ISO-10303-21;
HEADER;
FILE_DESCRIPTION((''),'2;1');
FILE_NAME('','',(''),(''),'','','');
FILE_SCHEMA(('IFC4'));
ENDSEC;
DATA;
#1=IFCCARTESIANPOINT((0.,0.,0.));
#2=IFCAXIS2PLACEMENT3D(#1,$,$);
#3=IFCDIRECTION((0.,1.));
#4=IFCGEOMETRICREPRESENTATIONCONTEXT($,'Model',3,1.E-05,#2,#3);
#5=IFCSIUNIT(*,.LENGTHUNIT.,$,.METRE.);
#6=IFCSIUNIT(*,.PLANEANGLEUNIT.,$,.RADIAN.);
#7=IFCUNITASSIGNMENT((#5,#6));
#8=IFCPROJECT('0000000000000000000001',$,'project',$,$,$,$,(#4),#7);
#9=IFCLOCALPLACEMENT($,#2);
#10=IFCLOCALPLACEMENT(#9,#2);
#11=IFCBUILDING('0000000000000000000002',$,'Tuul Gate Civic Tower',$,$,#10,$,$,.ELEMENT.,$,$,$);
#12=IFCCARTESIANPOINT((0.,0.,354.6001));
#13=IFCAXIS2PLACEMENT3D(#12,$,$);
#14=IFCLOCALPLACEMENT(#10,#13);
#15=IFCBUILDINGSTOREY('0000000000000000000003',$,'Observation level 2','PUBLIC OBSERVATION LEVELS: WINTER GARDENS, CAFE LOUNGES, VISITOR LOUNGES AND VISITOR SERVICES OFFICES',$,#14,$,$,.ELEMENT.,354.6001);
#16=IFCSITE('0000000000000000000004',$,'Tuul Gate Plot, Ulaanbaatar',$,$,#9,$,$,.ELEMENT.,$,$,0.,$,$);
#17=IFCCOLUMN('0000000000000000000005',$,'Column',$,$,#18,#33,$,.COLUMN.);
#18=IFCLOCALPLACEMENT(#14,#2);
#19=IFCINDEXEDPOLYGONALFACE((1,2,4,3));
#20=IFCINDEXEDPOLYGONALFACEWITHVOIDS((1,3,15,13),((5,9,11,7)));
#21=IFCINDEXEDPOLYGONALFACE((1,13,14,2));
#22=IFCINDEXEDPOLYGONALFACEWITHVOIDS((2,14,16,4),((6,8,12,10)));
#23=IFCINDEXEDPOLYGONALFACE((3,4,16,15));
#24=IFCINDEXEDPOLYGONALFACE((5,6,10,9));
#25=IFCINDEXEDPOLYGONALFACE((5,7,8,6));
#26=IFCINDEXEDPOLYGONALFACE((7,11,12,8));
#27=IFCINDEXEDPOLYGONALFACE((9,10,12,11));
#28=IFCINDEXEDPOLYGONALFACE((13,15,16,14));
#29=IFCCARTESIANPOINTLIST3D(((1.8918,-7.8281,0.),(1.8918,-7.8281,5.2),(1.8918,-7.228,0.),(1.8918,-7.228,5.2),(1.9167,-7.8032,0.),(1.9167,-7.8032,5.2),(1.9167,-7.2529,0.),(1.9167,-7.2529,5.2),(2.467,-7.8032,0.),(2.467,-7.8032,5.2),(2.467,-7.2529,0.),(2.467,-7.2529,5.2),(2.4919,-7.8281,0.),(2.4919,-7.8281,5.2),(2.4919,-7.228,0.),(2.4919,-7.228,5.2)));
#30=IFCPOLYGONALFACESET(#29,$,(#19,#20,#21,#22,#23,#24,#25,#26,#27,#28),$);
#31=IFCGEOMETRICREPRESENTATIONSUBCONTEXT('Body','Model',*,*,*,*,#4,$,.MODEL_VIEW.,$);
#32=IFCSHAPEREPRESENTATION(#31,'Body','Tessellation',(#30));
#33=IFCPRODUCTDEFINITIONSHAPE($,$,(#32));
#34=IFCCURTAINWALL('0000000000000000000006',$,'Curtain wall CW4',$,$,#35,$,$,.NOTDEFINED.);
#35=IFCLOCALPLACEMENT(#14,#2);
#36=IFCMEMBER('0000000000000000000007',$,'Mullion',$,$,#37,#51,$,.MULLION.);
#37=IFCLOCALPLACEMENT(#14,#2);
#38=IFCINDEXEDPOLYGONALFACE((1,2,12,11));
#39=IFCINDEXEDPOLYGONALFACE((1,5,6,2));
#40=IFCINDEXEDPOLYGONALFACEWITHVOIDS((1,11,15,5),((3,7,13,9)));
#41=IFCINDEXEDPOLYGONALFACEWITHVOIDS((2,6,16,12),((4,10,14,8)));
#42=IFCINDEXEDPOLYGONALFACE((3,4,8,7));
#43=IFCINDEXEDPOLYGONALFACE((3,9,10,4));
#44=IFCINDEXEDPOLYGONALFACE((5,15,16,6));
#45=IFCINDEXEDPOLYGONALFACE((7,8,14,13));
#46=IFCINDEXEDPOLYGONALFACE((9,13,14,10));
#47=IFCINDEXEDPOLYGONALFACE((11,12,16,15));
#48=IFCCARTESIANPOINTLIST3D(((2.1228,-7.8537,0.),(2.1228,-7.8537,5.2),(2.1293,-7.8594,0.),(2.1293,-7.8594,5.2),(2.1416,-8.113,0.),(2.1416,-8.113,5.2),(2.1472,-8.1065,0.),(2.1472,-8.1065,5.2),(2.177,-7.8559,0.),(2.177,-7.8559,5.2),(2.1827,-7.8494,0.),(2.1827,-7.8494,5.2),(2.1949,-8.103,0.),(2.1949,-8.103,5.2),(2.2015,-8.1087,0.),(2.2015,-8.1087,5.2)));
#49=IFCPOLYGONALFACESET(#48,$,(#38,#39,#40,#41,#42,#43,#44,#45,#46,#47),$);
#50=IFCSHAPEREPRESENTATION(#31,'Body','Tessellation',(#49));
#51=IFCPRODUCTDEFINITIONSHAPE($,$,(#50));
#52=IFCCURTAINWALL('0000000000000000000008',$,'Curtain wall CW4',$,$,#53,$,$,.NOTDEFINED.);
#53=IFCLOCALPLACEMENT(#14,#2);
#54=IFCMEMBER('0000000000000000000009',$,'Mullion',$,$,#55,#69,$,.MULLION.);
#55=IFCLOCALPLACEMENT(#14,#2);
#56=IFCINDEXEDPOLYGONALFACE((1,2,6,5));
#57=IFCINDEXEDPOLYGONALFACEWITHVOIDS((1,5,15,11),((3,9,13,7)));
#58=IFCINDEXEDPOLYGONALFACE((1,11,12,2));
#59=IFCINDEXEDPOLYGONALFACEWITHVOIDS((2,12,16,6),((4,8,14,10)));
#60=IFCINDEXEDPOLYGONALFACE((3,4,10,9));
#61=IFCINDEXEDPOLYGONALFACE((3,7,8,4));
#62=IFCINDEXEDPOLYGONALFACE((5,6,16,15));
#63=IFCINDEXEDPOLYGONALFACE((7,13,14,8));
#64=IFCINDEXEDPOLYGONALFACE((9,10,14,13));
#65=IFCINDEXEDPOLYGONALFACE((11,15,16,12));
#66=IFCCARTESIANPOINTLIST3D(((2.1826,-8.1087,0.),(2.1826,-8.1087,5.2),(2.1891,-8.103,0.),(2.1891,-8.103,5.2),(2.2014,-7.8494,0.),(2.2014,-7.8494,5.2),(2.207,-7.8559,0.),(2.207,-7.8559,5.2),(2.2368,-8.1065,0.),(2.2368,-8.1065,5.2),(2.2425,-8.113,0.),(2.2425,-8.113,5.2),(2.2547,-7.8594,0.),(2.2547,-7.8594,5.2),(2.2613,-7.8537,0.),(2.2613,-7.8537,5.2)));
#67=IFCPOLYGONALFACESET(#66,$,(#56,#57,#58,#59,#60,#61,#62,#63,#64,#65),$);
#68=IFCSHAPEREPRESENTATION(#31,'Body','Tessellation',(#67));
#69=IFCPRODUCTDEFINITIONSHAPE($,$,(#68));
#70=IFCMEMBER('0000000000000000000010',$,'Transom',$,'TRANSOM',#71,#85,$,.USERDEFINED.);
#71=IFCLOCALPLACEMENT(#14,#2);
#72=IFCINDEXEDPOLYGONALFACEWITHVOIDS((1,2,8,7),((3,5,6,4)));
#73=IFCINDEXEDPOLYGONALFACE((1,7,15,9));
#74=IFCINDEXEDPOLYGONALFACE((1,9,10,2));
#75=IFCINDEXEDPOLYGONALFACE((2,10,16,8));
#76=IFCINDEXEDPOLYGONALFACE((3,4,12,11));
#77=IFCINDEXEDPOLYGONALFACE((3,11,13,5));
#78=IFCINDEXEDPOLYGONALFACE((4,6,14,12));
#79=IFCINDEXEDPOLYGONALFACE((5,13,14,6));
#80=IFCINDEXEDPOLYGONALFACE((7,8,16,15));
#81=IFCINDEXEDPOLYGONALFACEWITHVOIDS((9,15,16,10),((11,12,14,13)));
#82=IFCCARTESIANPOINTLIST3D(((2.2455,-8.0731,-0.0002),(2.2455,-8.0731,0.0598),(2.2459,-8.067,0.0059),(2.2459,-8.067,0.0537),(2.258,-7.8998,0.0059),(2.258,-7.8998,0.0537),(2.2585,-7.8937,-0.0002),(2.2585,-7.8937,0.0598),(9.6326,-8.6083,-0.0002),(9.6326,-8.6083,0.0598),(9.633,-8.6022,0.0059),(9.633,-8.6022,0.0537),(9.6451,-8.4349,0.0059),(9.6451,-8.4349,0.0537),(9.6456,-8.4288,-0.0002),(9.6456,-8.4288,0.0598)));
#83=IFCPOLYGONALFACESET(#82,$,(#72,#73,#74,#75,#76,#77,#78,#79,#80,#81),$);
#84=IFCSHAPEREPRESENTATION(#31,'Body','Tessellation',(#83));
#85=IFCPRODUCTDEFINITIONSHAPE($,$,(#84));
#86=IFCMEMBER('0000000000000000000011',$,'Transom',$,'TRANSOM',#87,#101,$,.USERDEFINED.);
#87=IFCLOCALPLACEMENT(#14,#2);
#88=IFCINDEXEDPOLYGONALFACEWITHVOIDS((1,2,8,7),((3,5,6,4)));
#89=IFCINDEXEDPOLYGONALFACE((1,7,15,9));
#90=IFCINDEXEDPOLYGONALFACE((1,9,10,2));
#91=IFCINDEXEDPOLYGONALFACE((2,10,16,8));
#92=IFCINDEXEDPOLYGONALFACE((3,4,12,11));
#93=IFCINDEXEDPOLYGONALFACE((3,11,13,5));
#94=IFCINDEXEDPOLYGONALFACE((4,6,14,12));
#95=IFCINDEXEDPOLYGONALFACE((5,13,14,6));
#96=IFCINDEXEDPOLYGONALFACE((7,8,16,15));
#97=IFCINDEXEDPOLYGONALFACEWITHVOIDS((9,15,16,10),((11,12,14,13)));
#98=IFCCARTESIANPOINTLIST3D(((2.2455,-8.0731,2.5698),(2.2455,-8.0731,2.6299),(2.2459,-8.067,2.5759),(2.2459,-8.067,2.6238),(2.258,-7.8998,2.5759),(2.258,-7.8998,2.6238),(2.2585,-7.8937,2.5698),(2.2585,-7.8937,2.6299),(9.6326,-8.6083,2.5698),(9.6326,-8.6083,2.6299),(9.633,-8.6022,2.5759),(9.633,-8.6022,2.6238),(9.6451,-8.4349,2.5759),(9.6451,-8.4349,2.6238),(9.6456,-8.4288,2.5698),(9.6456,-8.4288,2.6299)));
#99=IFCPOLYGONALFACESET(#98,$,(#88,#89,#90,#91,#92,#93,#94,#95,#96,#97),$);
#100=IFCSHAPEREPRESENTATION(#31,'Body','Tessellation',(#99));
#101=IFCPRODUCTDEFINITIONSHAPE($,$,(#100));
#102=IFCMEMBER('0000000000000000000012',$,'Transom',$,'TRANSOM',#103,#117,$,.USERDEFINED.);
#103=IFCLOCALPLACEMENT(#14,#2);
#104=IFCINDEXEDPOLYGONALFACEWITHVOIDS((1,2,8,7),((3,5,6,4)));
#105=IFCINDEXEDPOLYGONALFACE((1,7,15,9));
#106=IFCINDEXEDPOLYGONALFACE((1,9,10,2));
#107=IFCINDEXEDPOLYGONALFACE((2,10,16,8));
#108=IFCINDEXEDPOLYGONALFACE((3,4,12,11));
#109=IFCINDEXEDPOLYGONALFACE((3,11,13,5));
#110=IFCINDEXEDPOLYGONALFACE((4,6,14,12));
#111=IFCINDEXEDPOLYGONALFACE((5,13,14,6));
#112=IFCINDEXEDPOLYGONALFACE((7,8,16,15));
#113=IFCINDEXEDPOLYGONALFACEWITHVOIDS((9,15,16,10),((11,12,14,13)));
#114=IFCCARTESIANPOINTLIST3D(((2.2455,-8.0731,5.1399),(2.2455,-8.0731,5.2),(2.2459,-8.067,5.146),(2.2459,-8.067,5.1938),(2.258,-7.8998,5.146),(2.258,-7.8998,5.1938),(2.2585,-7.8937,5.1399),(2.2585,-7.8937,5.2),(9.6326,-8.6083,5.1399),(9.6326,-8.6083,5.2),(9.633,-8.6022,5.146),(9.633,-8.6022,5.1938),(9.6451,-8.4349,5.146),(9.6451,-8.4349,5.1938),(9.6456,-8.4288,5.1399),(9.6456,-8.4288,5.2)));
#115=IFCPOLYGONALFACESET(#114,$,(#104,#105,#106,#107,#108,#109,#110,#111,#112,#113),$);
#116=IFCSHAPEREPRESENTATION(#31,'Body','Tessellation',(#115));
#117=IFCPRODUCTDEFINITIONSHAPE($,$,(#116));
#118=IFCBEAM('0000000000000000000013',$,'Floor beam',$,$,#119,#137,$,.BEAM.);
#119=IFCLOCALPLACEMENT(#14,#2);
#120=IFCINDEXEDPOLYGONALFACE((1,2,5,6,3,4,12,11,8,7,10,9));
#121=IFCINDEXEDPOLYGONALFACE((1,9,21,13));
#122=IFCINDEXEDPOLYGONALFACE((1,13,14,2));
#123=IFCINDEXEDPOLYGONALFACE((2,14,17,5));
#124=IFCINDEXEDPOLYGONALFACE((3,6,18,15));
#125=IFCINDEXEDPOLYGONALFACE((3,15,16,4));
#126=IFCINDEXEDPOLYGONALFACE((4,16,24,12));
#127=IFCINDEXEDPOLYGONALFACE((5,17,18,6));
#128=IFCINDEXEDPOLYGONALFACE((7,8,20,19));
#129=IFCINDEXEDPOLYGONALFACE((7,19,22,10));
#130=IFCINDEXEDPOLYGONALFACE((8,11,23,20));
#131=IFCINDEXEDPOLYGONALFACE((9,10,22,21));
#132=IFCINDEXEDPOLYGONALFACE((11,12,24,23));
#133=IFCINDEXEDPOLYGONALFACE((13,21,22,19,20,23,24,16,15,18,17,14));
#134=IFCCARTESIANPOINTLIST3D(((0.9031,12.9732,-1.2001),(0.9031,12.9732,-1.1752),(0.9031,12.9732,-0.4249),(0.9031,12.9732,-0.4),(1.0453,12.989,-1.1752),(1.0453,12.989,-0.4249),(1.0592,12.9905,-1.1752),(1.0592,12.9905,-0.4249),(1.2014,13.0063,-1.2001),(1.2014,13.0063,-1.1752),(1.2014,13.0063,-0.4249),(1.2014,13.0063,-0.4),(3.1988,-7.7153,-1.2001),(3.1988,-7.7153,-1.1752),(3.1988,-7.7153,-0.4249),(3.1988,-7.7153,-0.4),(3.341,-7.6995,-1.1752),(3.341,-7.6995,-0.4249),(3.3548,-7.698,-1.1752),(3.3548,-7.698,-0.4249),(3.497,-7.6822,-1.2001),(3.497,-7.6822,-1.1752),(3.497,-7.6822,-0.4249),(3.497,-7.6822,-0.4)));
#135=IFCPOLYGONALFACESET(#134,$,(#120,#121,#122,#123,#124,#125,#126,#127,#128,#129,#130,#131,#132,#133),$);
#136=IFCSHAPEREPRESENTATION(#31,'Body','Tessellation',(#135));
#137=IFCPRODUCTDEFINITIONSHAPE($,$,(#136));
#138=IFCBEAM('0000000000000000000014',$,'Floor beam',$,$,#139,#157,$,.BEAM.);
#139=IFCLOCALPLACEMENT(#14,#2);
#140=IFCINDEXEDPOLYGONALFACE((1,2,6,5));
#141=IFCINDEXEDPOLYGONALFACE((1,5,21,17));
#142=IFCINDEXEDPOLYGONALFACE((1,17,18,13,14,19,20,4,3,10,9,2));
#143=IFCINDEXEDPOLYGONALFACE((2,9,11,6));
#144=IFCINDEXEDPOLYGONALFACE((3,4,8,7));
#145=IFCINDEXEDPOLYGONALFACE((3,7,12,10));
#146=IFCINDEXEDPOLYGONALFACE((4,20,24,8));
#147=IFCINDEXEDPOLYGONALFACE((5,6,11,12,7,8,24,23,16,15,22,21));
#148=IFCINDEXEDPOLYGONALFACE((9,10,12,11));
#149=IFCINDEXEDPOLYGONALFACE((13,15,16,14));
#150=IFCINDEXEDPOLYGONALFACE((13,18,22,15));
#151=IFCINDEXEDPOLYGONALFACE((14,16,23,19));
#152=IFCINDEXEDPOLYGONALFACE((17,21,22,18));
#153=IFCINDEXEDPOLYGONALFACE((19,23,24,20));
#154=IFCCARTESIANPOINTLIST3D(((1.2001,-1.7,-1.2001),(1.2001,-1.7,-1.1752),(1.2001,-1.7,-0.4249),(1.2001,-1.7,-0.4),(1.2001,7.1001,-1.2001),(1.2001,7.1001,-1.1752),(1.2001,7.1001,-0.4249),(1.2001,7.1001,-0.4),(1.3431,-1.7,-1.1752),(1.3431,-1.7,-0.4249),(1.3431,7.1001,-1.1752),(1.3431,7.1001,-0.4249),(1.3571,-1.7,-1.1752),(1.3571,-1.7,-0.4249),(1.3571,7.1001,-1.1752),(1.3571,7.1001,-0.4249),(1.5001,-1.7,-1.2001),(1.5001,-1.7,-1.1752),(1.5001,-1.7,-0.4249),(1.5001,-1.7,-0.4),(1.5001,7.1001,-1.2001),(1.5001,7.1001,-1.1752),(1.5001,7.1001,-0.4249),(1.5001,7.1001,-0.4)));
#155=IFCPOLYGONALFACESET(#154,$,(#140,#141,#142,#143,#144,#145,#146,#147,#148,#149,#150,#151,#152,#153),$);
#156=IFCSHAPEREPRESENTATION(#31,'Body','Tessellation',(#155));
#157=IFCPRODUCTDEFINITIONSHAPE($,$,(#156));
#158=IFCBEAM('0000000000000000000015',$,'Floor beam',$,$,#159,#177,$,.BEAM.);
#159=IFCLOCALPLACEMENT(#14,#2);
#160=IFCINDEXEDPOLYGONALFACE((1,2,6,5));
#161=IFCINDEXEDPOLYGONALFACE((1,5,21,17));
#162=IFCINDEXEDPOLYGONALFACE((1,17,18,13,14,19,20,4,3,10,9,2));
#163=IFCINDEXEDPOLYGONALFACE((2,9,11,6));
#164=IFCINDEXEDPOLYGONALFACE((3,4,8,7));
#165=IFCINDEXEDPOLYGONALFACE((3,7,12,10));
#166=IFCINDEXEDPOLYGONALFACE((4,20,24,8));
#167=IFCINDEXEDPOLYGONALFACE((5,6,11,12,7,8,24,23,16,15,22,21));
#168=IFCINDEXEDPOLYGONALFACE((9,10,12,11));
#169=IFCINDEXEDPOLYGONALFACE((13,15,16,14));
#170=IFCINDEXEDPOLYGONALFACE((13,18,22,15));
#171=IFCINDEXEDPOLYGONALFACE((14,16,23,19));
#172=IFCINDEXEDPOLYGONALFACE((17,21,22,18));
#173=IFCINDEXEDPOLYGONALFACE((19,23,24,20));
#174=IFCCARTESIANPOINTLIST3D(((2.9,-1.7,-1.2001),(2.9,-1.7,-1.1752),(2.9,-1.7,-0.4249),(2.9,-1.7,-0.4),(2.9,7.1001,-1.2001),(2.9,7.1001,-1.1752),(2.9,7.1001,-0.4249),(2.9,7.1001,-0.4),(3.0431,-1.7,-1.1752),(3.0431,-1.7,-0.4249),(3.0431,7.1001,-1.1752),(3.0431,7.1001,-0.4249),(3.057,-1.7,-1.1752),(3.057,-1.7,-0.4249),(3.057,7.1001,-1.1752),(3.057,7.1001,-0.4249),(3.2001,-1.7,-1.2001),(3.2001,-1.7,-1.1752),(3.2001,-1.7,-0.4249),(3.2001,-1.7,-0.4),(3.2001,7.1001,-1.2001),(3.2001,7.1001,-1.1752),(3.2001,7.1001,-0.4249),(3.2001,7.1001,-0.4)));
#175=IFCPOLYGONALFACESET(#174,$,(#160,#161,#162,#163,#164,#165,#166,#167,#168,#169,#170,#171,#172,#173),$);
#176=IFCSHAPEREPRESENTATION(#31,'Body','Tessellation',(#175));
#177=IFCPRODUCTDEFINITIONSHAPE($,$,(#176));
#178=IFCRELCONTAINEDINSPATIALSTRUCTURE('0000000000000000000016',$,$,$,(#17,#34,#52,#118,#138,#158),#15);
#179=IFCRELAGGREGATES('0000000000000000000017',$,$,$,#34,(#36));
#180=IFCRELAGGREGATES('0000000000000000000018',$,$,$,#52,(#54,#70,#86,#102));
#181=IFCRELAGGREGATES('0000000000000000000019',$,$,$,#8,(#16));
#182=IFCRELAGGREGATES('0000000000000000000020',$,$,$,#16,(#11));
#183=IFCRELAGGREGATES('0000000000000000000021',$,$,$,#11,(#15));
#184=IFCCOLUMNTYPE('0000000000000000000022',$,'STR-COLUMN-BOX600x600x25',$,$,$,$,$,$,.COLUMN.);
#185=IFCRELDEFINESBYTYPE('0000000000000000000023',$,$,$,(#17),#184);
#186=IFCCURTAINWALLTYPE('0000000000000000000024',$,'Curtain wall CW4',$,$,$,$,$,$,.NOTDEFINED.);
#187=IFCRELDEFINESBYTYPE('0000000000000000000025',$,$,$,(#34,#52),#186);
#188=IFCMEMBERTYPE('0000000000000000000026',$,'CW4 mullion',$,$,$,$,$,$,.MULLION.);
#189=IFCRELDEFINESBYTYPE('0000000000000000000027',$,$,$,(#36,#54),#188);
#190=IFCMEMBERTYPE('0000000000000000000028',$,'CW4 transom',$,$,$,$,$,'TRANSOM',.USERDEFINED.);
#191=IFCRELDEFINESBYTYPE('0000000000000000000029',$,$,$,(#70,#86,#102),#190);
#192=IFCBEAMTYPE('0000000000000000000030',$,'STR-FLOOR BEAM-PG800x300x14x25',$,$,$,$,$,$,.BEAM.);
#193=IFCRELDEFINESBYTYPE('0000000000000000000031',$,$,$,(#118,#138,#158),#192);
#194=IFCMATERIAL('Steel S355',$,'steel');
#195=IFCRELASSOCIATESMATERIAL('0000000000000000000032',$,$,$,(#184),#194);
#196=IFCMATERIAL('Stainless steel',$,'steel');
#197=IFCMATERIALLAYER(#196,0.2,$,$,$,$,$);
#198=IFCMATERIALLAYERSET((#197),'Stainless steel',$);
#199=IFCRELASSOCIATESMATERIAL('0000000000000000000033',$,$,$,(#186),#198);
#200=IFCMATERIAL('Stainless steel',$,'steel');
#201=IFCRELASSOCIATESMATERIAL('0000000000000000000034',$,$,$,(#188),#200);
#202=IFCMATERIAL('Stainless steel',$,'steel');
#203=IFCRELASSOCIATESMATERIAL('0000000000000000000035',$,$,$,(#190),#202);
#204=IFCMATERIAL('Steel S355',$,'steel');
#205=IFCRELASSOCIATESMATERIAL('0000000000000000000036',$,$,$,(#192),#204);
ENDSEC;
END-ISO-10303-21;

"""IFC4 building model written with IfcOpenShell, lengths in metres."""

from ifc_helpers import new_model, si_unit, direction, frame, origin, origin_2d, place, context, subcontext, project, spatial, hollow_rectangle, i_section, extrude, material, layer, layer_set, material_profile, profile_set, type_object, element, aggregate, save


model = new_model("IFC4")

# Units and contexts
model_context = context("Model", 3, precision=1e-05, world=origin(), true_north=direction((0.0, 1.0)))
body_context = subcontext(model_context, "Body", "Model", "MODEL_VIEW")
ifc_project = project(units=[si_unit("LENGTHUNIT", "METRE"), si_unit("PLANEANGLEUNIT", "RADIAN")], contexts=[model_context])

# Site, building, storey
site_placement = place(None, origin())
site = spatial("IfcSite", under=ifc_project, at=site_placement, Name="Tuul Gate Plot, Ulaanbaatar", CompositionType="ELEMENT", RefElevation=0.0)
building_placement = place(site_placement, origin())
building = spatial("IfcBuilding", under=site, at=building_placement, Name="Tuul Gate Civic Tower", CompositionType="ELEMENT")
storey_placement = place(building_placement, frame((0.0, 0.0, 354.6001)))
storey = spatial("IfcBuildingStorey", under=building, at=storey_placement, Name="Observation level 2", Description="PUBLIC OBSERVATION LEVELS: WINTER GARDENS, CAFE LOUNGES, VISITOR LOUNGES AND VISITOR SERVICES OFFICES", CompositionType="ELEMENT", Elevation=354.6001)

# Column
ifc_material_1 = material(Name="Steel S355", Category="steel")
ifc_material_profile_1 = material_profile(ifc_material_1, hollow_rectangle(XDim=0.6001, YDim=0.6001, WallThickness=0.0249, at=origin_2d()), Name="BOX600x600x25")
ifc_profile_set_1 = profile_set([ifc_material_profile_1], Name="Steel S355")
column_type = type_object("IfcColumnType", Name="STR-COLUMN-BOX600x600x25", PredefinedType="COLUMN", material=ifc_profile_set_1)
column_placement = place(storey_placement, frame((2.1919, -7.5281, 0.0), z_axis=(0.0, 0.0, 1.0), x_axis=(1.0, 0.0, 0.0)))
element("IfcColumn", 1, at=column_placement, inside=storey, type_object=column_type, Name="Column", PredefinedType="COLUMN", context=body_context, shape_type="SweptSolid", body=[
    extrude(hollow_rectangle(XDim=0.6001, YDim=0.6001, WallThickness=0.0249, at=origin_2d()), origin(), (0.0, 0.0, 1.0), 5.2),
])

# Curtain wall, member
ifc_material_2 = material(Name="Stainless steel", Category="steel")
ifc_layer_1 = layer(ifc_material_2, 0.2)
ifc_layer_set_1 = layer_set([ifc_layer_1], Name="Stainless steel")
curtain_wall_type = type_object("IfcCurtainWallType", Name="Curtain wall CW4", PredefinedType="NOTDEFINED", material=ifc_layer_set_1)
curtain_wall_1_placement = place(storey_placement, origin())
curtain_wall_1 = element("IfcCurtainWall", 2, at=curtain_wall_1_placement, inside=storey, type_object=curtain_wall_type, Name="Curtain wall CW4", PredefinedType="NOTDEFINED")
ifc_material_3 = material(Name="Stainless steel", Category="steel")
ifc_material_profile_2 = material_profile(ifc_material_3, hollow_rectangle(XDim=0.26, YDim=0.0601, WallThickness=0.0061, at=origin_2d()), Name="CW4 mullion")
ifc_profile_set_2 = profile_set([ifc_material_profile_2], Name="Stainless steel")
member_type_1 = type_object("IfcMemberType", Name="CW4 mullion", PredefinedType="MULLION", material=ifc_profile_set_2)
member_1_placement = place(storey_placement, frame((2.1621, -7.9812, 0.0), z_axis=(0.0, 0.0, 1.0), x_axis=(-0.072276, 0.997385, 0.0)))
member_1 = element("IfcMember", 3, at=member_1_placement, type_object=member_type_1, Name="Mullion", PredefinedType="MULLION", context=body_context, shape_type="SweptSolid", body=[
    extrude(hollow_rectangle(XDim=0.26, YDim=0.0601, WallThickness=0.0061, at=origin_2d()), origin(), (0.0, 0.0, 1.0), 5.2),
])
aggregate(curtain_wall_1, [member_1])

# Curtain wall, members
curtain_wall_2_placement = place(storey_placement, origin())
curtain_wall_2 = element("IfcCurtainWall", 4, at=curtain_wall_2_placement, inside=storey, type_object=curtain_wall_type, Name="Curtain wall CW4", PredefinedType="NOTDEFINED")
member_2_placement = place(storey_placement, frame((2.2219, -7.9812, 0.0), z_axis=(0.0, 0.0, 1.0), x_axis=(0.072276, 0.997385, 0.0)))
member_2 = element("IfcMember", 5, at=member_2_placement, type_object=member_type_1, Name="Mullion", PredefinedType="MULLION", context=body_context, shape_type="SweptSolid", body=[
    extrude(hollow_rectangle(XDim=0.26, YDim=0.0601, WallThickness=0.0061, at=origin_2d()), origin(), (0.0, 0.0, 1.0), 5.2),
])
ifc_material_4 = material(Name="Stainless steel", Category="steel")
ifc_material_profile_3 = material_profile(ifc_material_4, hollow_rectangle(XDim=0.1799, YDim=0.0601, WallThickness=0.0061, at=origin_2d()), Name="CW4 transom")
ifc_profile_set_3 = profile_set([ifc_material_profile_3], Name="Stainless steel")
member_type_2 = type_object("IfcMemberType", Name="CW4 transom", ElementType="TRANSOM", PredefinedType="USERDEFINED", material=ifc_profile_set_3)
member_3_placement = place(storey_placement, frame((2.252, -7.9834, 0.0298), z_axis=(0.997386, -0.072254, 0.0), x_axis=(0.072254, 0.997386, 0.0)))
member_3 = element("IfcMember", 6, at=member_3_placement, type_object=member_type_2, Name="Transom", ObjectType="TRANSOM", PredefinedType="USERDEFINED", context=body_context, shape_type="SweptSolid", body=[
    extrude(hollow_rectangle(XDim=0.1799, YDim=0.0601, WallThickness=0.0061, at=origin_2d()), origin(), (0.0, 0.0, 1.0), 7.4065),
])
member_4_placement = place(storey_placement, frame((2.252, -7.9834, 2.5999), z_axis=(0.997386, -0.072254, 0.0), x_axis=(0.072254, 0.997386, 0.0)))
member_4 = element("IfcMember", 7, at=member_4_placement, type_object=member_type_2, Name="Transom", ObjectType="TRANSOM", PredefinedType="USERDEFINED", context=body_context, shape_type="SweptSolid", body=[
    extrude(hollow_rectangle(XDim=0.1799, YDim=0.0601, WallThickness=0.0061, at=origin_2d()), origin(), (0.0, 0.0, 1.0), 7.4065),
])
member_5_placement = place(storey_placement, frame((2.252, -7.9834, 5.1699), z_axis=(0.997386, -0.072254, 0.0), x_axis=(0.072254, 0.997386, 0.0)))
member_5 = element("IfcMember", 8, at=member_5_placement, type_object=member_type_2, Name="Transom", ObjectType="TRANSOM", PredefinedType="USERDEFINED", context=body_context, shape_type="SweptSolid", body=[
    extrude(hollow_rectangle(XDim=0.1799, YDim=0.0601, WallThickness=0.0061, at=origin_2d()), origin(), (0.0, 0.0, 1.0), 7.4065),
])

# Beams
ifc_material_5 = material(Name="Steel S355", Category="steel")
ifc_material_profile_4 = material_profile(ifc_material_5, i_section(OverallWidth=0.3, OverallDepth=0.8, WebThickness=0.0139, FlangeThickness=0.0249, at=origin_2d()), Name="PG800x300x14x25")
ifc_profile_set_4 = profile_set([ifc_material_profile_4], Name="Steel S355")
beam_type_1 = type_object("IfcBeamType", Name="STR-FLOOR BEAM-PG800x300x14x25", PredefinedType="BEAM", material=ifc_profile_set_4)
beam_1_placement = place(storey_placement, frame((3.3479, -7.6987, -0.8), z_axis=(-0.110286, 0.9939, 0.0), x_axis=(-0.9939, -0.110286, 0.0)))
element("IfcBeam", 9, at=beam_1_placement, inside=storey, type_object=beam_type_1, Name="Floor beam", PredefinedType="BEAM", context=body_context, shape_type="SweptSolid", body=[
    extrude(i_section(OverallWidth=0.3, OverallDepth=0.8, WebThickness=0.0139, FlangeThickness=0.0249, at=origin_2d()), origin(), (0.0, 0.0, 1.0), 20.8154),
])
for number, where, z_axis, x_axis, name in (
    (10, (1.3501, -1.7, -0.8), (0.0, 1.0, 0.0), (-1.0, 0.0, 0.0), "Floor beam"),
    (11, (3.05, -1.7, -0.8), (0.0, 1.0, 0.0), (-1.0, 0.0, 0.0), "Floor beam"),
):
    element("IfcBeam", number, at=place(storey_placement, frame(where, z_axis=z_axis, x_axis=x_axis)), inside=storey, type_object=beam_type_1, Name=name, PredefinedType="BEAM", context=body_context, shape_type="SweptSolid", body=[
        extrude(i_section(OverallWidth=0.3, OverallDepth=0.8, WebThickness=0.0139, FlangeThickness=0.0249, at=origin_2d()), origin(), (0.0, 0.0, 1.0), 8.8),
    ])

aggregate(curtain_wall_2, [member_2, member_3, member_4, member_5])

save(model, "model.ifc")
